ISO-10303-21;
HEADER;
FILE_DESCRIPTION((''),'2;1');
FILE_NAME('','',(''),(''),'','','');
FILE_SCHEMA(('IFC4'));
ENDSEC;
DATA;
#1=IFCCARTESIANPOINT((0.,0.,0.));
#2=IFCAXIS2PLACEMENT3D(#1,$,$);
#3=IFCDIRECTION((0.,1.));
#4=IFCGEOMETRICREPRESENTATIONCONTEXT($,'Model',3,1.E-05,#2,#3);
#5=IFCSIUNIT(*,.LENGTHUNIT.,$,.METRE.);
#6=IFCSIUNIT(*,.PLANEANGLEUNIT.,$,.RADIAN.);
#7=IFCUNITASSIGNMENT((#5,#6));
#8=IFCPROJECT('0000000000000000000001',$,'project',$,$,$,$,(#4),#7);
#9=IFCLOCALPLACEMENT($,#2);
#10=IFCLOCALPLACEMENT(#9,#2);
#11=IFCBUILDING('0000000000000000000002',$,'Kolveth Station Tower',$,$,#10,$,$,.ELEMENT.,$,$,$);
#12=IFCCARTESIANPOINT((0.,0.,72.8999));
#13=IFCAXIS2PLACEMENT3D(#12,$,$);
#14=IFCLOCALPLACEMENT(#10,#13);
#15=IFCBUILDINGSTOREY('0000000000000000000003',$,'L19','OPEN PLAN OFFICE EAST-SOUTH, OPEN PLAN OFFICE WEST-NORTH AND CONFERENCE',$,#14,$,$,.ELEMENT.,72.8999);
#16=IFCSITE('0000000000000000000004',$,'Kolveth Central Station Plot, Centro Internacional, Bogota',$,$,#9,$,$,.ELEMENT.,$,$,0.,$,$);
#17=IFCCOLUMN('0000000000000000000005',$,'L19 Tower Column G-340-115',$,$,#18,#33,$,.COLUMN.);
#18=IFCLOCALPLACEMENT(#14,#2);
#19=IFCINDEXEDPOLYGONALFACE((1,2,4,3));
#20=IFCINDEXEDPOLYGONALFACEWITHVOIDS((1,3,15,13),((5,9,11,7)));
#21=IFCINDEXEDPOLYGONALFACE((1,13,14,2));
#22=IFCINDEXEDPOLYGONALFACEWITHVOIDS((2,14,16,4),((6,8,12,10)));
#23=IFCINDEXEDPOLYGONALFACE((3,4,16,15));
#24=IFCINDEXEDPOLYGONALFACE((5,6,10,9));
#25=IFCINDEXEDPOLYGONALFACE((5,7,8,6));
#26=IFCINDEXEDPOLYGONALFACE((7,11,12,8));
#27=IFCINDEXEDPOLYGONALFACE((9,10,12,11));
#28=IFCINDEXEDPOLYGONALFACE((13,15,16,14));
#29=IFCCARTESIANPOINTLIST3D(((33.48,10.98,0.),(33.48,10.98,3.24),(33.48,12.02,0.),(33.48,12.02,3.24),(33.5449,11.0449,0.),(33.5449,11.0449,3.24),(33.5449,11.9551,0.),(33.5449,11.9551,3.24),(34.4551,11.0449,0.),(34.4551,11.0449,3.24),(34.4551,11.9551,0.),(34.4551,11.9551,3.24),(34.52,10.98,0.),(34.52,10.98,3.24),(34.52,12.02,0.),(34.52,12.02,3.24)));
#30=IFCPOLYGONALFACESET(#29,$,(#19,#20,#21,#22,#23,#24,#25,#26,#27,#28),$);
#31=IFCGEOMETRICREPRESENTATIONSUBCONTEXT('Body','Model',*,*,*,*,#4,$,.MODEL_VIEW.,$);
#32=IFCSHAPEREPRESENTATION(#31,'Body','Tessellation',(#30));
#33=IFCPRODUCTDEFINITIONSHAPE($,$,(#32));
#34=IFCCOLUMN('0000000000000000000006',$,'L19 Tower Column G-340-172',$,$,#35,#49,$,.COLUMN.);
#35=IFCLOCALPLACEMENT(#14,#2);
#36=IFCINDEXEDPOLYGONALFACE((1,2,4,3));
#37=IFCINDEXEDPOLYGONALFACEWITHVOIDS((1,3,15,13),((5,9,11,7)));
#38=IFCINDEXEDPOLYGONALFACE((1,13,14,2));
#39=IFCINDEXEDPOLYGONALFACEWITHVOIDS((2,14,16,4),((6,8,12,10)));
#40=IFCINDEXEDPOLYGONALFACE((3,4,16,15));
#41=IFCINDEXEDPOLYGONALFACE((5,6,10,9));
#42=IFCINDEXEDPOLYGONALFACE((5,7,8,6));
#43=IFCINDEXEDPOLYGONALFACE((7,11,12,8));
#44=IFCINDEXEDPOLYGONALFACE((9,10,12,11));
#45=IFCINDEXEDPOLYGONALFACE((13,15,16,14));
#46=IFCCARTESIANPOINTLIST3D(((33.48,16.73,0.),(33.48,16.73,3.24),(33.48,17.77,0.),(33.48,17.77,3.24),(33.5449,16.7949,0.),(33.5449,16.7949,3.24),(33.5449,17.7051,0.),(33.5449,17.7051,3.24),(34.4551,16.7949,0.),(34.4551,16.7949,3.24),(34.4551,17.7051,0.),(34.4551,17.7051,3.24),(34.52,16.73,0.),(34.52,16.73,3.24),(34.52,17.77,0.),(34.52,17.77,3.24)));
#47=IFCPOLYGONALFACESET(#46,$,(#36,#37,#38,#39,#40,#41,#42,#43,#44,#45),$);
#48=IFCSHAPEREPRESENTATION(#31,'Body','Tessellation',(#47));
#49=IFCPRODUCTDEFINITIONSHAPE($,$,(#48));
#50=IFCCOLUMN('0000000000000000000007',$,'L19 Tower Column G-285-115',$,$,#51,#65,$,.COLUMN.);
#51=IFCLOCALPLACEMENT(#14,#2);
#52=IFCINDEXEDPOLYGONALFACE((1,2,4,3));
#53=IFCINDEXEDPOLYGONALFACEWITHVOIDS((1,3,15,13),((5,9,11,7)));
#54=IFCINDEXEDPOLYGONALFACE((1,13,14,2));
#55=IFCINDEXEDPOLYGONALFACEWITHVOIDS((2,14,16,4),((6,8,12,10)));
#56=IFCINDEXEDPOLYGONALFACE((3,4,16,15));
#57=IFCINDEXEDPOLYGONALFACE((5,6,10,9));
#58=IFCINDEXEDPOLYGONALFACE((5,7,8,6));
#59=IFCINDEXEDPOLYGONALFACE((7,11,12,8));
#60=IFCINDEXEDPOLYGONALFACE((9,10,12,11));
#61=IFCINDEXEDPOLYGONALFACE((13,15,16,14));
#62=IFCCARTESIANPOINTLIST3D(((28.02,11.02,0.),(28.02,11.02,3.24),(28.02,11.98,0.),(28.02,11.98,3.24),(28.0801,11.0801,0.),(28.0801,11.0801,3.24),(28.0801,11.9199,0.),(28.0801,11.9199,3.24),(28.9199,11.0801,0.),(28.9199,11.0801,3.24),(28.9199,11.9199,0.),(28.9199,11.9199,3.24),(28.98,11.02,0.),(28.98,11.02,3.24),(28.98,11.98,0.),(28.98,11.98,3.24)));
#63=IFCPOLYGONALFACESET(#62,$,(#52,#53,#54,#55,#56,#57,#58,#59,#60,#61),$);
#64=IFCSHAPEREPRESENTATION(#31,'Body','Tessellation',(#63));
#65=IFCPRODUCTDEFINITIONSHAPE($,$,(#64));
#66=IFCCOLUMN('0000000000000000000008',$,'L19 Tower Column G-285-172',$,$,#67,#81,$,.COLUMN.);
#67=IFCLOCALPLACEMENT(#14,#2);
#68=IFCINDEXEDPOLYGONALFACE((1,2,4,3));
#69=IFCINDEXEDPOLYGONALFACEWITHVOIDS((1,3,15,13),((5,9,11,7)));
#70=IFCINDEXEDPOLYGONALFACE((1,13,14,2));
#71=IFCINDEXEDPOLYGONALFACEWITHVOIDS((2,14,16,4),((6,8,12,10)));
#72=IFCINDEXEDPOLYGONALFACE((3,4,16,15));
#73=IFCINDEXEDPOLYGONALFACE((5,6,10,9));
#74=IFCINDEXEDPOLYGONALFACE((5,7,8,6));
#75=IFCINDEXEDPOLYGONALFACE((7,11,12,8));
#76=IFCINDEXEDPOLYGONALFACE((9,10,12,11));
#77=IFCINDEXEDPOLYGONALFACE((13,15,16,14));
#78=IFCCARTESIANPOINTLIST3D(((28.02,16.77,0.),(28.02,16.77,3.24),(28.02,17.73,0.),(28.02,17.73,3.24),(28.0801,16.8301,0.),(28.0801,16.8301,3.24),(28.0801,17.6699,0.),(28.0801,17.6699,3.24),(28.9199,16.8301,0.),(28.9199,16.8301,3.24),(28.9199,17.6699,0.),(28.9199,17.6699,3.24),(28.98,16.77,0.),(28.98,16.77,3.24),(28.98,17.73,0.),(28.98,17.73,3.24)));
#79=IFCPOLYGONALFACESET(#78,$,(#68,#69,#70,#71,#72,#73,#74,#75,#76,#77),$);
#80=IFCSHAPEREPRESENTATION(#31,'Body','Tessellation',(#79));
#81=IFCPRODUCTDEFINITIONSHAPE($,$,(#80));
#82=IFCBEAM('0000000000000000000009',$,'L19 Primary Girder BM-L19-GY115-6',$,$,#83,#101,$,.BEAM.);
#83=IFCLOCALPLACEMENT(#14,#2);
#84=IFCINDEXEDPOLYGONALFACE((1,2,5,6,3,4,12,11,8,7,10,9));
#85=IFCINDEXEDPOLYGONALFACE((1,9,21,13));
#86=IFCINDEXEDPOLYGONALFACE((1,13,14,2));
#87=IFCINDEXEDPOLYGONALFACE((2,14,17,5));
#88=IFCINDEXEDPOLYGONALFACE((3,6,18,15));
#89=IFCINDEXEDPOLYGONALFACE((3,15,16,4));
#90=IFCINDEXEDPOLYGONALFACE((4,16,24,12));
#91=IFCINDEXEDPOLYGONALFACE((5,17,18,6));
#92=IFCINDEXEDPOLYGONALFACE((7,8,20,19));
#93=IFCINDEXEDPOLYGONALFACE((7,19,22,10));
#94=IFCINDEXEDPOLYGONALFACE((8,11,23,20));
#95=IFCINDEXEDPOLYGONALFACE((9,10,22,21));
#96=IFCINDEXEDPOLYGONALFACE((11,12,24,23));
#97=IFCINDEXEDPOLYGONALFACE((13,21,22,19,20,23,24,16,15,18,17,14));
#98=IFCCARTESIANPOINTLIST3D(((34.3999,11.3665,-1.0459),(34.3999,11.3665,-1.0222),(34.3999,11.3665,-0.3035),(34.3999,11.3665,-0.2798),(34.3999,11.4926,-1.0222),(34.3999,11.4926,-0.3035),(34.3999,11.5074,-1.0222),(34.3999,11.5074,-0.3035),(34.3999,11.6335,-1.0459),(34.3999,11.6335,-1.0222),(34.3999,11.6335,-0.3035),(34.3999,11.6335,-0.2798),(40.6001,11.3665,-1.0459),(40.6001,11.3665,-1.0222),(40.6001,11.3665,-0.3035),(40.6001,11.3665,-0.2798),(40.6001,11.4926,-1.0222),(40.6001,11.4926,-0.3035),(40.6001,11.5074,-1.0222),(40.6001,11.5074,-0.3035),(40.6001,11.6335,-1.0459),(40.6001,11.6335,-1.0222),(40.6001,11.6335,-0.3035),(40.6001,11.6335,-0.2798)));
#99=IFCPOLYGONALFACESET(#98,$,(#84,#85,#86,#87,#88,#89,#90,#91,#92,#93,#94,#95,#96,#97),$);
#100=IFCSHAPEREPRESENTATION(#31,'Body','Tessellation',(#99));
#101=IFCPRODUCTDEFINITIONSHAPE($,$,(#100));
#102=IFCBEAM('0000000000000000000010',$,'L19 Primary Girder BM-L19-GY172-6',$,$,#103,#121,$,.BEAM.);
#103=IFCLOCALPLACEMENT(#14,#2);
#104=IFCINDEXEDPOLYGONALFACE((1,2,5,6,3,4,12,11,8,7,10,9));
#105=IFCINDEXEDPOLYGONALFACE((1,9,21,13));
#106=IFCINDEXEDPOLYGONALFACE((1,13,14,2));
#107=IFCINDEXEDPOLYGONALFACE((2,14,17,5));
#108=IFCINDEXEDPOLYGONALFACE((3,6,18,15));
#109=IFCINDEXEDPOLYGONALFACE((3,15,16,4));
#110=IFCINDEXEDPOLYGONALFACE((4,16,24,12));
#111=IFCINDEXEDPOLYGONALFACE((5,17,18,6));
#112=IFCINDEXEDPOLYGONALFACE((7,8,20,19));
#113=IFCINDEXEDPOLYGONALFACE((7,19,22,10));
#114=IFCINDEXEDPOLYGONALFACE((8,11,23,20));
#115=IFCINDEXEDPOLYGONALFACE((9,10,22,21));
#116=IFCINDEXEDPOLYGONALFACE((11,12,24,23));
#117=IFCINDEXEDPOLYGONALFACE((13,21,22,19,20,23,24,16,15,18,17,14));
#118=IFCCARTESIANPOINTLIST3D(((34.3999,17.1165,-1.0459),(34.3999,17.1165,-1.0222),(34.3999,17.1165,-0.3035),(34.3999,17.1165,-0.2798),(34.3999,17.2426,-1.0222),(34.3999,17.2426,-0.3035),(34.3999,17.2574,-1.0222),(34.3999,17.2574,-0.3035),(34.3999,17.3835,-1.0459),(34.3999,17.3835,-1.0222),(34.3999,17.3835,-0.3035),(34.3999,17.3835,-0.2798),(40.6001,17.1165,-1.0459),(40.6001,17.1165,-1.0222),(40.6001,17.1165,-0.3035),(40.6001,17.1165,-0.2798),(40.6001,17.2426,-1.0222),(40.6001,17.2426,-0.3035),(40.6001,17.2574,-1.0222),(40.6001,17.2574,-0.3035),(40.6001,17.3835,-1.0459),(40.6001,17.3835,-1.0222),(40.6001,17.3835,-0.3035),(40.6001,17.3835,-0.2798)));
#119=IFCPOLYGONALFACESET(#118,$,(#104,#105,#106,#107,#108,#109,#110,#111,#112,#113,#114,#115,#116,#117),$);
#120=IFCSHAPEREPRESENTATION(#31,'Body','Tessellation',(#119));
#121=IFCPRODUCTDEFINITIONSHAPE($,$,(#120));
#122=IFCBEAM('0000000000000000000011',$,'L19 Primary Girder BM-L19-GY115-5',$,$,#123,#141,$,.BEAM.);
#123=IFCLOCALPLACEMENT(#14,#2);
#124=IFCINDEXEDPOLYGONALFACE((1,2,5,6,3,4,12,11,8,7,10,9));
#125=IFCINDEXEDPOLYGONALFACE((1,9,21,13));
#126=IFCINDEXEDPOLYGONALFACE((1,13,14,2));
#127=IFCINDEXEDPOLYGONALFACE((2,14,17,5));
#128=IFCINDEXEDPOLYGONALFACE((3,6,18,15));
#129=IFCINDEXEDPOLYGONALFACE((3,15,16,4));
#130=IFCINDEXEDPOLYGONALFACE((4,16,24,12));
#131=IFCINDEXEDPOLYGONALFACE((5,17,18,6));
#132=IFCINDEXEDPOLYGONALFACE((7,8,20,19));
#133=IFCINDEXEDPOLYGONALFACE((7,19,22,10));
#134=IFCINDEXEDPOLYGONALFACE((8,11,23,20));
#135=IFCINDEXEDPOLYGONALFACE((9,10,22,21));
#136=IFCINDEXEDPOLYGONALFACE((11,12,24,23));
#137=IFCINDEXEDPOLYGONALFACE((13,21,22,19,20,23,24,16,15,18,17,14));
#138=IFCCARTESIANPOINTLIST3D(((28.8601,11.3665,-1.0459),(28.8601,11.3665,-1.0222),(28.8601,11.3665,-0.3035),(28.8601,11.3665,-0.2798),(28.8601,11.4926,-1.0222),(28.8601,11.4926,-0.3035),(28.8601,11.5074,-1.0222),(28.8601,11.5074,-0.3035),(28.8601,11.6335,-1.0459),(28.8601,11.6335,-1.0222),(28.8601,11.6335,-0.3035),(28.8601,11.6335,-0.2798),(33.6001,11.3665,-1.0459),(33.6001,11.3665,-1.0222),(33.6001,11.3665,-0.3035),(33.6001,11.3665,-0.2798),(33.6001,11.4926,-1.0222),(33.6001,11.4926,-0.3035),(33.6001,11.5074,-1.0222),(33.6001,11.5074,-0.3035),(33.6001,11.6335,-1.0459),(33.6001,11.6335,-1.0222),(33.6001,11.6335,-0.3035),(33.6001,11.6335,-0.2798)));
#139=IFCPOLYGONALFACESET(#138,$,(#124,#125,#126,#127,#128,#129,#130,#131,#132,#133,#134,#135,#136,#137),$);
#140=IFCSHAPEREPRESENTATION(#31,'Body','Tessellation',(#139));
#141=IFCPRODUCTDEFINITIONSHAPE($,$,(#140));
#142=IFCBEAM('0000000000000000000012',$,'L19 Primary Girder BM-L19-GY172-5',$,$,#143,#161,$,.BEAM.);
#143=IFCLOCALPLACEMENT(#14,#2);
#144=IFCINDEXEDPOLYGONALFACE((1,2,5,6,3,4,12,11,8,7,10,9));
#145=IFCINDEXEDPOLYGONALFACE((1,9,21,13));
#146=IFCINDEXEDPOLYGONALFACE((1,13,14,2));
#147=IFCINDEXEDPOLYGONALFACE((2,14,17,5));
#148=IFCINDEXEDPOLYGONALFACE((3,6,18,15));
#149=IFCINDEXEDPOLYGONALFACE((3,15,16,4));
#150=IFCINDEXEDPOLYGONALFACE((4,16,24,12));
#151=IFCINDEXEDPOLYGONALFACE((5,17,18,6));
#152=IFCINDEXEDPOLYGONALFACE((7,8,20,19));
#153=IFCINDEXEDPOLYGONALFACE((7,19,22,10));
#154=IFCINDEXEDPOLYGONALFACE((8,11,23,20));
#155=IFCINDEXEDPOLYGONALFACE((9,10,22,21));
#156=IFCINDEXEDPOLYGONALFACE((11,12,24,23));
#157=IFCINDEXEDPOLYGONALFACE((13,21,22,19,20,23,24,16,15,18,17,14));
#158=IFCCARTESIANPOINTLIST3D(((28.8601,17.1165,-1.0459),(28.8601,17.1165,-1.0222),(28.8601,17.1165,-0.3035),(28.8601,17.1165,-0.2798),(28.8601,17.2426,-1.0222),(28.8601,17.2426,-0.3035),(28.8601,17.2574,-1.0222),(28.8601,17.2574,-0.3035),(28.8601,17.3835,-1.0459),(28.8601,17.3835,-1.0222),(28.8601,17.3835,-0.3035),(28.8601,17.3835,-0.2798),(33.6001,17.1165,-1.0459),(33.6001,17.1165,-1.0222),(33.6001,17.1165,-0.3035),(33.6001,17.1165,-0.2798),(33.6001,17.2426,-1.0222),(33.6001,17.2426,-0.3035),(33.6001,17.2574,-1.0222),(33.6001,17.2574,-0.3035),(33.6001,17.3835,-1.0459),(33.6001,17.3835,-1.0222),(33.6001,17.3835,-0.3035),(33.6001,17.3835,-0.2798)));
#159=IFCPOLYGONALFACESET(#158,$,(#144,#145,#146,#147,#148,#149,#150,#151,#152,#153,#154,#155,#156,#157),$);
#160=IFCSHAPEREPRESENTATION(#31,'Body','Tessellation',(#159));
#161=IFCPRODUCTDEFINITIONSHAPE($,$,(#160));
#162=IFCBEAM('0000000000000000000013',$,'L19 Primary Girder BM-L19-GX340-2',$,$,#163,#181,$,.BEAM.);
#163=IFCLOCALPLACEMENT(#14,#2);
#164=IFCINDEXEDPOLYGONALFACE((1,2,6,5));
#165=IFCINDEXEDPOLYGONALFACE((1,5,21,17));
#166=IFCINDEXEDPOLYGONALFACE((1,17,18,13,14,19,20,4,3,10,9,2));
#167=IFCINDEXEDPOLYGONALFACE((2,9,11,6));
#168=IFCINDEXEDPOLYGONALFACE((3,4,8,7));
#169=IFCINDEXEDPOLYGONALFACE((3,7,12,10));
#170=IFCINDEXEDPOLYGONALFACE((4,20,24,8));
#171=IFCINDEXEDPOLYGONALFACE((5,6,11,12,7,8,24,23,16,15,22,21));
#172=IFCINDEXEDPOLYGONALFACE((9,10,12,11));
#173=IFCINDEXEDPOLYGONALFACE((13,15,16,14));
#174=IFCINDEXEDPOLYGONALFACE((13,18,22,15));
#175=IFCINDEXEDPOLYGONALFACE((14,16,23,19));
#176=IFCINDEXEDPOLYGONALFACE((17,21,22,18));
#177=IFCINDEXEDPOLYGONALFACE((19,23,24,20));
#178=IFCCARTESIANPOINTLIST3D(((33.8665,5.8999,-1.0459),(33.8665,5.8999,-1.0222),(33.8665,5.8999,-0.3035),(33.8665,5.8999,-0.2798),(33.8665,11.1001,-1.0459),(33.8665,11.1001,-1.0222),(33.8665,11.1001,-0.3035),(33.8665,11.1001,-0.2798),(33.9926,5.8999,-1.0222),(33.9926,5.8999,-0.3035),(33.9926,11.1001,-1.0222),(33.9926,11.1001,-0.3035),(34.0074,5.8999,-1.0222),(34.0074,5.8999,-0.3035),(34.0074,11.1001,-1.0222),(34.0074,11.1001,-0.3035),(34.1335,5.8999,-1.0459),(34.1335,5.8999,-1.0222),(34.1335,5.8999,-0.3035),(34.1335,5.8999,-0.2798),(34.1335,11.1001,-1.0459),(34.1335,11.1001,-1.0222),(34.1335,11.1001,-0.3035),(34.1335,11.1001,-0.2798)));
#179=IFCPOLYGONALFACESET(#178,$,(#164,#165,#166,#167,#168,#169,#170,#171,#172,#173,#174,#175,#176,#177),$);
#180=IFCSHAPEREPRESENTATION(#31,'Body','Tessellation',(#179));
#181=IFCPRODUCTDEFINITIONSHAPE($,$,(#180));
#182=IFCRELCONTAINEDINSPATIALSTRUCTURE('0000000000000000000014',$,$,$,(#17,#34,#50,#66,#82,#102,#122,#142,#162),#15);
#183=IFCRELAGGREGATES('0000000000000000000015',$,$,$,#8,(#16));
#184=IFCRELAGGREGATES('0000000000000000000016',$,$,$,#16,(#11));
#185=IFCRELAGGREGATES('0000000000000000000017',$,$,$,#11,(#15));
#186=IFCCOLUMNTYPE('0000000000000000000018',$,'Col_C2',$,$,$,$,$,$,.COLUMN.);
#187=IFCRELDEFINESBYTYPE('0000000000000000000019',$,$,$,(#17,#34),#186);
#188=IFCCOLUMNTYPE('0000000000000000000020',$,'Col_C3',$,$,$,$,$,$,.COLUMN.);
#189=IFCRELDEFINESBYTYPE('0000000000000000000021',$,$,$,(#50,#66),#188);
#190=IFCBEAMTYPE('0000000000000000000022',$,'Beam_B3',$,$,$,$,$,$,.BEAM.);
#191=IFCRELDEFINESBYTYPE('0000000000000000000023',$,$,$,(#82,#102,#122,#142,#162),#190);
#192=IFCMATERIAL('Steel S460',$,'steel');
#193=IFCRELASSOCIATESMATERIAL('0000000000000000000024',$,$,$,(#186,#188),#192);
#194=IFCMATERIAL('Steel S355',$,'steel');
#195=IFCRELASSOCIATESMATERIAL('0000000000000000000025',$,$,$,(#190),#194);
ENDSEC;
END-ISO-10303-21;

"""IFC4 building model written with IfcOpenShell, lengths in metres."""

from ifc_helpers import new_model, si_unit, direction, frame, origin, origin_2d, place, context, subcontext, project, spatial, hollow_rectangle, i_section, extrude, source, transform, mapped, material, material_profile, profile_set, type_object, element, save


model = new_model("IFC4")

# Units and contexts
model_context = context("Model", 3, precision=1e-05, world=origin(), true_north=direction((0.0, 1.0)))
body_context = subcontext(model_context, "Body", "Model", "MODEL_VIEW")
ifc_project = project(units=[si_unit("LENGTHUNIT", "METRE"), si_unit("PLANEANGLEUNIT", "RADIAN")], contexts=[model_context])

# Site, building, storey
site_placement = place(None, origin())
site = spatial("IfcSite", under=ifc_project, at=site_placement, Name="Kolveth Central Station Plot, Centro Internacional, Bogota", CompositionType="ELEMENT", RefElevation=0.0)
building_placement = place(site_placement, origin())
building = spatial("IfcBuilding", under=site, at=building_placement, Name="Kolveth Station Tower", CompositionType="ELEMENT")
storey_placement = place(building_placement, frame((0.0, 0.0, 72.8999)))
storey = spatial("IfcBuildingStorey", under=building, at=storey_placement, Name="L19", Description="OPEN PLAN OFFICE EAST-SOUTH, OPEN PLAN OFFICE WEST-NORTH AND CONFERENCE", CompositionType="ELEMENT", Elevation=72.8999)

# Columns
ifc_material_1 = material(Name="Steel S460", Category="steel")
ifc_material_profile_1 = material_profile(ifc_material_1, hollow_rectangle(XDim=1.04, YDim=1.04, WallThickness=0.0649, at=origin_2d()), Name="BOX1040x1040x65")
ifc_profile_set_1 = profile_set([ifc_material_profile_1], Name="Steel S460")
column_type_1 = type_object("IfcColumnType", Name="Col_C2", PredefinedType="COLUMN", material=ifc_profile_set_1)
shared_shape_1 = source(origin(), body_context, "Body", "SweptSolid", [
    extrude(hollow_rectangle(XDim=1.04, YDim=1.04, WallThickness=0.0649, at=origin_2d()), origin(), (0.0, 0.0, 1.0), 3.24),
])
for number, where, z_axis, x_axis, name in (
    (1, (34.0, 11.5, 0.0), (0.0, 0.0, 1.0), (1.0, 0.0, 0.0), "L19 Tower Column G-340-115"),
    (2, (34.0, 17.25, 0.0), (0.0, 0.0, 1.0), (1.0, 0.0, 0.0), "L19 Tower Column G-340-172"),
):
    element("IfcColumn", number, at=place(storey_placement, frame(where, z_axis=z_axis, x_axis=x_axis)), inside=storey, type_object=column_type_1, Name=name, PredefinedType="COLUMN", context=body_context, shape_type="MappedRepresentation", body=[
        mapped(shared_shape_1, transform((0.0, 0.0, 0.0), x_axis=(1.0, 0.0, 0.0), y_axis=(0.0, 1.0, 0.0), z_axis=(0.0, 0.0, 1.0), scale=1.0)),
    ])
ifc_material_profile_2 = material_profile(ifc_material_1, hollow_rectangle(XDim=0.96, YDim=0.96, WallThickness=0.0601, at=origin_2d()), Name="BOX960x960x60")
ifc_profile_set_2 = profile_set([ifc_material_profile_2], Name="Steel S460")
column_type_2 = type_object("IfcColumnType", Name="Col_C3", PredefinedType="COLUMN", material=ifc_profile_set_2)
shared_shape_2 = source(origin(), body_context, "Body", "SweptSolid", [
    extrude(hollow_rectangle(XDim=0.96, YDim=0.96, WallThickness=0.0601, at=origin_2d()), origin(), (0.0, 0.0, 1.0), 3.24),
])
for number, where, z_axis, x_axis, name in (
    (3, (28.5, 11.5, 0.0), (0.0, 0.0, 1.0), (1.0, 0.0, 0.0), "L19 Tower Column G-285-115"),
    (4, (28.5, 17.25, 0.0), (0.0, 0.0, 1.0), (1.0, 0.0, 0.0), "L19 Tower Column G-285-172"),
):
    element("IfcColumn", number, at=place(storey_placement, frame(where, z_axis=z_axis, x_axis=x_axis)), inside=storey, type_object=column_type_2, Name=name, PredefinedType="COLUMN", context=body_context, shape_type="MappedRepresentation", body=[
        mapped(shared_shape_2, transform((0.0, 0.0, 0.0), x_axis=(1.0, 0.0, 0.0), y_axis=(0.0, 1.0, 0.0), z_axis=(0.0, 0.0, 1.0), scale=1.0)),
    ])

# Beams
ifc_material_2 = material(Name="Steel S355", Category="steel")
ifc_material_profile_3 = material_profile(ifc_material_2, i_section(OverallWidth=0.2671, OverallDepth=0.7661, WebThickness=0.0149, FlangeThickness=0.0237, at=origin_2d()), Name="W760x185")
ifc_profile_set_3 = profile_set([ifc_material_profile_3], Name="Steel S355")
beam_type_1 = type_object("IfcBeamType", Name="Beam_B3", PredefinedType="BEAM", material=ifc_profile_set_3)
shared_shape_3 = source(origin(), body_context, "Body", "SweptSolid", [
    extrude(i_section(OverallWidth=0.2671, OverallDepth=0.7661, WebThickness=0.0149, FlangeThickness=0.0237, at=origin_2d()), origin(), (0.0, 0.0, 1.0), 6.2002),
])
for number, where, z_axis, x_axis, name in (
    (5, (34.3999, 11.5, -0.6628), (1.0, 0.0, 0.0), (0.0, 1.0, 0.0), "L19 Primary Girder BM-L19-GY115-6"),
    (6, (34.3999, 17.25, -0.6628), (1.0, 0.0, 0.0), (0.0, 1.0, 0.0), "L19 Primary Girder BM-L19-GY172-6"),
):
    element("IfcBeam", number, at=place(storey_placement, frame(where, z_axis=z_axis, x_axis=x_axis)), inside=storey, type_object=beam_type_1, Name=name, PredefinedType="BEAM", context=body_context, shape_type="MappedRepresentation", body=[
        mapped(shared_shape_3, transform((0.0, 0.0, 0.0), x_axis=(1.0, 0.0, 0.0), y_axis=(0.0, 1.0, 0.0), z_axis=(0.0, 0.0, 1.0), scale=1.0)),
    ])
shared_shape_4 = source(origin(), body_context, "Body", "SweptSolid", [
    extrude(i_section(OverallWidth=0.2671, OverallDepth=0.7661, WebThickness=0.0149, FlangeThickness=0.0237, at=origin_2d()), origin(), (0.0, 0.0, 1.0), 4.74),
])
for number, where, z_axis, x_axis, name in (
    (7, (28.8601, 11.5, -0.6628), (1.0, 0.0, 0.0), (0.0, 1.0, 0.0), "L19 Primary Girder BM-L19-GY115-5"),
    (8, (28.8601, 17.25, -0.6628), (1.0, 0.0, 0.0), (0.0, 1.0, 0.0), "L19 Primary Girder BM-L19-GY172-5"),
):
    element("IfcBeam", number, at=place(storey_placement, frame(where, z_axis=z_axis, x_axis=x_axis)), inside=storey, type_object=beam_type_1, Name=name, PredefinedType="BEAM", context=body_context, shape_type="MappedRepresentation", body=[
        mapped(shared_shape_4, transform((0.0, 0.0, 0.0), x_axis=(1.0, 0.0, 0.0), y_axis=(0.0, 1.0, 0.0), z_axis=(0.0, 0.0, 1.0), scale=1.0)),
    ])
shared_shape_5 = source(origin(), body_context, "Body", "SweptSolid", [
    extrude(i_section(OverallWidth=0.2671, OverallDepth=0.7661, WebThickness=0.0149, FlangeThickness=0.0237, at=origin_2d()), origin(), (0.0, 0.0, 1.0), 5.2002),
])
beam_1_placement = place(storey_placement, frame((34.0, 5.8999, -0.6628), z_axis=(0.0, 1.0, 0.0), x_axis=(-1.0, 0.0, 0.0)))
element("IfcBeam", 9, at=beam_1_placement, inside=storey, type_object=beam_type_1, Name="L19 Primary Girder BM-L19-GX340-2", PredefinedType="BEAM", context=body_context, shape_type="MappedRepresentation", body=[
    mapped(shared_shape_5, transform((0.0, 0.0, 0.0), x_axis=(1.0, 0.0, 0.0), y_axis=(0.0, 1.0, 0.0), z_axis=(0.0, 0.0, 1.0), scale=1.0)),
])

save(model, "model.ifc")
